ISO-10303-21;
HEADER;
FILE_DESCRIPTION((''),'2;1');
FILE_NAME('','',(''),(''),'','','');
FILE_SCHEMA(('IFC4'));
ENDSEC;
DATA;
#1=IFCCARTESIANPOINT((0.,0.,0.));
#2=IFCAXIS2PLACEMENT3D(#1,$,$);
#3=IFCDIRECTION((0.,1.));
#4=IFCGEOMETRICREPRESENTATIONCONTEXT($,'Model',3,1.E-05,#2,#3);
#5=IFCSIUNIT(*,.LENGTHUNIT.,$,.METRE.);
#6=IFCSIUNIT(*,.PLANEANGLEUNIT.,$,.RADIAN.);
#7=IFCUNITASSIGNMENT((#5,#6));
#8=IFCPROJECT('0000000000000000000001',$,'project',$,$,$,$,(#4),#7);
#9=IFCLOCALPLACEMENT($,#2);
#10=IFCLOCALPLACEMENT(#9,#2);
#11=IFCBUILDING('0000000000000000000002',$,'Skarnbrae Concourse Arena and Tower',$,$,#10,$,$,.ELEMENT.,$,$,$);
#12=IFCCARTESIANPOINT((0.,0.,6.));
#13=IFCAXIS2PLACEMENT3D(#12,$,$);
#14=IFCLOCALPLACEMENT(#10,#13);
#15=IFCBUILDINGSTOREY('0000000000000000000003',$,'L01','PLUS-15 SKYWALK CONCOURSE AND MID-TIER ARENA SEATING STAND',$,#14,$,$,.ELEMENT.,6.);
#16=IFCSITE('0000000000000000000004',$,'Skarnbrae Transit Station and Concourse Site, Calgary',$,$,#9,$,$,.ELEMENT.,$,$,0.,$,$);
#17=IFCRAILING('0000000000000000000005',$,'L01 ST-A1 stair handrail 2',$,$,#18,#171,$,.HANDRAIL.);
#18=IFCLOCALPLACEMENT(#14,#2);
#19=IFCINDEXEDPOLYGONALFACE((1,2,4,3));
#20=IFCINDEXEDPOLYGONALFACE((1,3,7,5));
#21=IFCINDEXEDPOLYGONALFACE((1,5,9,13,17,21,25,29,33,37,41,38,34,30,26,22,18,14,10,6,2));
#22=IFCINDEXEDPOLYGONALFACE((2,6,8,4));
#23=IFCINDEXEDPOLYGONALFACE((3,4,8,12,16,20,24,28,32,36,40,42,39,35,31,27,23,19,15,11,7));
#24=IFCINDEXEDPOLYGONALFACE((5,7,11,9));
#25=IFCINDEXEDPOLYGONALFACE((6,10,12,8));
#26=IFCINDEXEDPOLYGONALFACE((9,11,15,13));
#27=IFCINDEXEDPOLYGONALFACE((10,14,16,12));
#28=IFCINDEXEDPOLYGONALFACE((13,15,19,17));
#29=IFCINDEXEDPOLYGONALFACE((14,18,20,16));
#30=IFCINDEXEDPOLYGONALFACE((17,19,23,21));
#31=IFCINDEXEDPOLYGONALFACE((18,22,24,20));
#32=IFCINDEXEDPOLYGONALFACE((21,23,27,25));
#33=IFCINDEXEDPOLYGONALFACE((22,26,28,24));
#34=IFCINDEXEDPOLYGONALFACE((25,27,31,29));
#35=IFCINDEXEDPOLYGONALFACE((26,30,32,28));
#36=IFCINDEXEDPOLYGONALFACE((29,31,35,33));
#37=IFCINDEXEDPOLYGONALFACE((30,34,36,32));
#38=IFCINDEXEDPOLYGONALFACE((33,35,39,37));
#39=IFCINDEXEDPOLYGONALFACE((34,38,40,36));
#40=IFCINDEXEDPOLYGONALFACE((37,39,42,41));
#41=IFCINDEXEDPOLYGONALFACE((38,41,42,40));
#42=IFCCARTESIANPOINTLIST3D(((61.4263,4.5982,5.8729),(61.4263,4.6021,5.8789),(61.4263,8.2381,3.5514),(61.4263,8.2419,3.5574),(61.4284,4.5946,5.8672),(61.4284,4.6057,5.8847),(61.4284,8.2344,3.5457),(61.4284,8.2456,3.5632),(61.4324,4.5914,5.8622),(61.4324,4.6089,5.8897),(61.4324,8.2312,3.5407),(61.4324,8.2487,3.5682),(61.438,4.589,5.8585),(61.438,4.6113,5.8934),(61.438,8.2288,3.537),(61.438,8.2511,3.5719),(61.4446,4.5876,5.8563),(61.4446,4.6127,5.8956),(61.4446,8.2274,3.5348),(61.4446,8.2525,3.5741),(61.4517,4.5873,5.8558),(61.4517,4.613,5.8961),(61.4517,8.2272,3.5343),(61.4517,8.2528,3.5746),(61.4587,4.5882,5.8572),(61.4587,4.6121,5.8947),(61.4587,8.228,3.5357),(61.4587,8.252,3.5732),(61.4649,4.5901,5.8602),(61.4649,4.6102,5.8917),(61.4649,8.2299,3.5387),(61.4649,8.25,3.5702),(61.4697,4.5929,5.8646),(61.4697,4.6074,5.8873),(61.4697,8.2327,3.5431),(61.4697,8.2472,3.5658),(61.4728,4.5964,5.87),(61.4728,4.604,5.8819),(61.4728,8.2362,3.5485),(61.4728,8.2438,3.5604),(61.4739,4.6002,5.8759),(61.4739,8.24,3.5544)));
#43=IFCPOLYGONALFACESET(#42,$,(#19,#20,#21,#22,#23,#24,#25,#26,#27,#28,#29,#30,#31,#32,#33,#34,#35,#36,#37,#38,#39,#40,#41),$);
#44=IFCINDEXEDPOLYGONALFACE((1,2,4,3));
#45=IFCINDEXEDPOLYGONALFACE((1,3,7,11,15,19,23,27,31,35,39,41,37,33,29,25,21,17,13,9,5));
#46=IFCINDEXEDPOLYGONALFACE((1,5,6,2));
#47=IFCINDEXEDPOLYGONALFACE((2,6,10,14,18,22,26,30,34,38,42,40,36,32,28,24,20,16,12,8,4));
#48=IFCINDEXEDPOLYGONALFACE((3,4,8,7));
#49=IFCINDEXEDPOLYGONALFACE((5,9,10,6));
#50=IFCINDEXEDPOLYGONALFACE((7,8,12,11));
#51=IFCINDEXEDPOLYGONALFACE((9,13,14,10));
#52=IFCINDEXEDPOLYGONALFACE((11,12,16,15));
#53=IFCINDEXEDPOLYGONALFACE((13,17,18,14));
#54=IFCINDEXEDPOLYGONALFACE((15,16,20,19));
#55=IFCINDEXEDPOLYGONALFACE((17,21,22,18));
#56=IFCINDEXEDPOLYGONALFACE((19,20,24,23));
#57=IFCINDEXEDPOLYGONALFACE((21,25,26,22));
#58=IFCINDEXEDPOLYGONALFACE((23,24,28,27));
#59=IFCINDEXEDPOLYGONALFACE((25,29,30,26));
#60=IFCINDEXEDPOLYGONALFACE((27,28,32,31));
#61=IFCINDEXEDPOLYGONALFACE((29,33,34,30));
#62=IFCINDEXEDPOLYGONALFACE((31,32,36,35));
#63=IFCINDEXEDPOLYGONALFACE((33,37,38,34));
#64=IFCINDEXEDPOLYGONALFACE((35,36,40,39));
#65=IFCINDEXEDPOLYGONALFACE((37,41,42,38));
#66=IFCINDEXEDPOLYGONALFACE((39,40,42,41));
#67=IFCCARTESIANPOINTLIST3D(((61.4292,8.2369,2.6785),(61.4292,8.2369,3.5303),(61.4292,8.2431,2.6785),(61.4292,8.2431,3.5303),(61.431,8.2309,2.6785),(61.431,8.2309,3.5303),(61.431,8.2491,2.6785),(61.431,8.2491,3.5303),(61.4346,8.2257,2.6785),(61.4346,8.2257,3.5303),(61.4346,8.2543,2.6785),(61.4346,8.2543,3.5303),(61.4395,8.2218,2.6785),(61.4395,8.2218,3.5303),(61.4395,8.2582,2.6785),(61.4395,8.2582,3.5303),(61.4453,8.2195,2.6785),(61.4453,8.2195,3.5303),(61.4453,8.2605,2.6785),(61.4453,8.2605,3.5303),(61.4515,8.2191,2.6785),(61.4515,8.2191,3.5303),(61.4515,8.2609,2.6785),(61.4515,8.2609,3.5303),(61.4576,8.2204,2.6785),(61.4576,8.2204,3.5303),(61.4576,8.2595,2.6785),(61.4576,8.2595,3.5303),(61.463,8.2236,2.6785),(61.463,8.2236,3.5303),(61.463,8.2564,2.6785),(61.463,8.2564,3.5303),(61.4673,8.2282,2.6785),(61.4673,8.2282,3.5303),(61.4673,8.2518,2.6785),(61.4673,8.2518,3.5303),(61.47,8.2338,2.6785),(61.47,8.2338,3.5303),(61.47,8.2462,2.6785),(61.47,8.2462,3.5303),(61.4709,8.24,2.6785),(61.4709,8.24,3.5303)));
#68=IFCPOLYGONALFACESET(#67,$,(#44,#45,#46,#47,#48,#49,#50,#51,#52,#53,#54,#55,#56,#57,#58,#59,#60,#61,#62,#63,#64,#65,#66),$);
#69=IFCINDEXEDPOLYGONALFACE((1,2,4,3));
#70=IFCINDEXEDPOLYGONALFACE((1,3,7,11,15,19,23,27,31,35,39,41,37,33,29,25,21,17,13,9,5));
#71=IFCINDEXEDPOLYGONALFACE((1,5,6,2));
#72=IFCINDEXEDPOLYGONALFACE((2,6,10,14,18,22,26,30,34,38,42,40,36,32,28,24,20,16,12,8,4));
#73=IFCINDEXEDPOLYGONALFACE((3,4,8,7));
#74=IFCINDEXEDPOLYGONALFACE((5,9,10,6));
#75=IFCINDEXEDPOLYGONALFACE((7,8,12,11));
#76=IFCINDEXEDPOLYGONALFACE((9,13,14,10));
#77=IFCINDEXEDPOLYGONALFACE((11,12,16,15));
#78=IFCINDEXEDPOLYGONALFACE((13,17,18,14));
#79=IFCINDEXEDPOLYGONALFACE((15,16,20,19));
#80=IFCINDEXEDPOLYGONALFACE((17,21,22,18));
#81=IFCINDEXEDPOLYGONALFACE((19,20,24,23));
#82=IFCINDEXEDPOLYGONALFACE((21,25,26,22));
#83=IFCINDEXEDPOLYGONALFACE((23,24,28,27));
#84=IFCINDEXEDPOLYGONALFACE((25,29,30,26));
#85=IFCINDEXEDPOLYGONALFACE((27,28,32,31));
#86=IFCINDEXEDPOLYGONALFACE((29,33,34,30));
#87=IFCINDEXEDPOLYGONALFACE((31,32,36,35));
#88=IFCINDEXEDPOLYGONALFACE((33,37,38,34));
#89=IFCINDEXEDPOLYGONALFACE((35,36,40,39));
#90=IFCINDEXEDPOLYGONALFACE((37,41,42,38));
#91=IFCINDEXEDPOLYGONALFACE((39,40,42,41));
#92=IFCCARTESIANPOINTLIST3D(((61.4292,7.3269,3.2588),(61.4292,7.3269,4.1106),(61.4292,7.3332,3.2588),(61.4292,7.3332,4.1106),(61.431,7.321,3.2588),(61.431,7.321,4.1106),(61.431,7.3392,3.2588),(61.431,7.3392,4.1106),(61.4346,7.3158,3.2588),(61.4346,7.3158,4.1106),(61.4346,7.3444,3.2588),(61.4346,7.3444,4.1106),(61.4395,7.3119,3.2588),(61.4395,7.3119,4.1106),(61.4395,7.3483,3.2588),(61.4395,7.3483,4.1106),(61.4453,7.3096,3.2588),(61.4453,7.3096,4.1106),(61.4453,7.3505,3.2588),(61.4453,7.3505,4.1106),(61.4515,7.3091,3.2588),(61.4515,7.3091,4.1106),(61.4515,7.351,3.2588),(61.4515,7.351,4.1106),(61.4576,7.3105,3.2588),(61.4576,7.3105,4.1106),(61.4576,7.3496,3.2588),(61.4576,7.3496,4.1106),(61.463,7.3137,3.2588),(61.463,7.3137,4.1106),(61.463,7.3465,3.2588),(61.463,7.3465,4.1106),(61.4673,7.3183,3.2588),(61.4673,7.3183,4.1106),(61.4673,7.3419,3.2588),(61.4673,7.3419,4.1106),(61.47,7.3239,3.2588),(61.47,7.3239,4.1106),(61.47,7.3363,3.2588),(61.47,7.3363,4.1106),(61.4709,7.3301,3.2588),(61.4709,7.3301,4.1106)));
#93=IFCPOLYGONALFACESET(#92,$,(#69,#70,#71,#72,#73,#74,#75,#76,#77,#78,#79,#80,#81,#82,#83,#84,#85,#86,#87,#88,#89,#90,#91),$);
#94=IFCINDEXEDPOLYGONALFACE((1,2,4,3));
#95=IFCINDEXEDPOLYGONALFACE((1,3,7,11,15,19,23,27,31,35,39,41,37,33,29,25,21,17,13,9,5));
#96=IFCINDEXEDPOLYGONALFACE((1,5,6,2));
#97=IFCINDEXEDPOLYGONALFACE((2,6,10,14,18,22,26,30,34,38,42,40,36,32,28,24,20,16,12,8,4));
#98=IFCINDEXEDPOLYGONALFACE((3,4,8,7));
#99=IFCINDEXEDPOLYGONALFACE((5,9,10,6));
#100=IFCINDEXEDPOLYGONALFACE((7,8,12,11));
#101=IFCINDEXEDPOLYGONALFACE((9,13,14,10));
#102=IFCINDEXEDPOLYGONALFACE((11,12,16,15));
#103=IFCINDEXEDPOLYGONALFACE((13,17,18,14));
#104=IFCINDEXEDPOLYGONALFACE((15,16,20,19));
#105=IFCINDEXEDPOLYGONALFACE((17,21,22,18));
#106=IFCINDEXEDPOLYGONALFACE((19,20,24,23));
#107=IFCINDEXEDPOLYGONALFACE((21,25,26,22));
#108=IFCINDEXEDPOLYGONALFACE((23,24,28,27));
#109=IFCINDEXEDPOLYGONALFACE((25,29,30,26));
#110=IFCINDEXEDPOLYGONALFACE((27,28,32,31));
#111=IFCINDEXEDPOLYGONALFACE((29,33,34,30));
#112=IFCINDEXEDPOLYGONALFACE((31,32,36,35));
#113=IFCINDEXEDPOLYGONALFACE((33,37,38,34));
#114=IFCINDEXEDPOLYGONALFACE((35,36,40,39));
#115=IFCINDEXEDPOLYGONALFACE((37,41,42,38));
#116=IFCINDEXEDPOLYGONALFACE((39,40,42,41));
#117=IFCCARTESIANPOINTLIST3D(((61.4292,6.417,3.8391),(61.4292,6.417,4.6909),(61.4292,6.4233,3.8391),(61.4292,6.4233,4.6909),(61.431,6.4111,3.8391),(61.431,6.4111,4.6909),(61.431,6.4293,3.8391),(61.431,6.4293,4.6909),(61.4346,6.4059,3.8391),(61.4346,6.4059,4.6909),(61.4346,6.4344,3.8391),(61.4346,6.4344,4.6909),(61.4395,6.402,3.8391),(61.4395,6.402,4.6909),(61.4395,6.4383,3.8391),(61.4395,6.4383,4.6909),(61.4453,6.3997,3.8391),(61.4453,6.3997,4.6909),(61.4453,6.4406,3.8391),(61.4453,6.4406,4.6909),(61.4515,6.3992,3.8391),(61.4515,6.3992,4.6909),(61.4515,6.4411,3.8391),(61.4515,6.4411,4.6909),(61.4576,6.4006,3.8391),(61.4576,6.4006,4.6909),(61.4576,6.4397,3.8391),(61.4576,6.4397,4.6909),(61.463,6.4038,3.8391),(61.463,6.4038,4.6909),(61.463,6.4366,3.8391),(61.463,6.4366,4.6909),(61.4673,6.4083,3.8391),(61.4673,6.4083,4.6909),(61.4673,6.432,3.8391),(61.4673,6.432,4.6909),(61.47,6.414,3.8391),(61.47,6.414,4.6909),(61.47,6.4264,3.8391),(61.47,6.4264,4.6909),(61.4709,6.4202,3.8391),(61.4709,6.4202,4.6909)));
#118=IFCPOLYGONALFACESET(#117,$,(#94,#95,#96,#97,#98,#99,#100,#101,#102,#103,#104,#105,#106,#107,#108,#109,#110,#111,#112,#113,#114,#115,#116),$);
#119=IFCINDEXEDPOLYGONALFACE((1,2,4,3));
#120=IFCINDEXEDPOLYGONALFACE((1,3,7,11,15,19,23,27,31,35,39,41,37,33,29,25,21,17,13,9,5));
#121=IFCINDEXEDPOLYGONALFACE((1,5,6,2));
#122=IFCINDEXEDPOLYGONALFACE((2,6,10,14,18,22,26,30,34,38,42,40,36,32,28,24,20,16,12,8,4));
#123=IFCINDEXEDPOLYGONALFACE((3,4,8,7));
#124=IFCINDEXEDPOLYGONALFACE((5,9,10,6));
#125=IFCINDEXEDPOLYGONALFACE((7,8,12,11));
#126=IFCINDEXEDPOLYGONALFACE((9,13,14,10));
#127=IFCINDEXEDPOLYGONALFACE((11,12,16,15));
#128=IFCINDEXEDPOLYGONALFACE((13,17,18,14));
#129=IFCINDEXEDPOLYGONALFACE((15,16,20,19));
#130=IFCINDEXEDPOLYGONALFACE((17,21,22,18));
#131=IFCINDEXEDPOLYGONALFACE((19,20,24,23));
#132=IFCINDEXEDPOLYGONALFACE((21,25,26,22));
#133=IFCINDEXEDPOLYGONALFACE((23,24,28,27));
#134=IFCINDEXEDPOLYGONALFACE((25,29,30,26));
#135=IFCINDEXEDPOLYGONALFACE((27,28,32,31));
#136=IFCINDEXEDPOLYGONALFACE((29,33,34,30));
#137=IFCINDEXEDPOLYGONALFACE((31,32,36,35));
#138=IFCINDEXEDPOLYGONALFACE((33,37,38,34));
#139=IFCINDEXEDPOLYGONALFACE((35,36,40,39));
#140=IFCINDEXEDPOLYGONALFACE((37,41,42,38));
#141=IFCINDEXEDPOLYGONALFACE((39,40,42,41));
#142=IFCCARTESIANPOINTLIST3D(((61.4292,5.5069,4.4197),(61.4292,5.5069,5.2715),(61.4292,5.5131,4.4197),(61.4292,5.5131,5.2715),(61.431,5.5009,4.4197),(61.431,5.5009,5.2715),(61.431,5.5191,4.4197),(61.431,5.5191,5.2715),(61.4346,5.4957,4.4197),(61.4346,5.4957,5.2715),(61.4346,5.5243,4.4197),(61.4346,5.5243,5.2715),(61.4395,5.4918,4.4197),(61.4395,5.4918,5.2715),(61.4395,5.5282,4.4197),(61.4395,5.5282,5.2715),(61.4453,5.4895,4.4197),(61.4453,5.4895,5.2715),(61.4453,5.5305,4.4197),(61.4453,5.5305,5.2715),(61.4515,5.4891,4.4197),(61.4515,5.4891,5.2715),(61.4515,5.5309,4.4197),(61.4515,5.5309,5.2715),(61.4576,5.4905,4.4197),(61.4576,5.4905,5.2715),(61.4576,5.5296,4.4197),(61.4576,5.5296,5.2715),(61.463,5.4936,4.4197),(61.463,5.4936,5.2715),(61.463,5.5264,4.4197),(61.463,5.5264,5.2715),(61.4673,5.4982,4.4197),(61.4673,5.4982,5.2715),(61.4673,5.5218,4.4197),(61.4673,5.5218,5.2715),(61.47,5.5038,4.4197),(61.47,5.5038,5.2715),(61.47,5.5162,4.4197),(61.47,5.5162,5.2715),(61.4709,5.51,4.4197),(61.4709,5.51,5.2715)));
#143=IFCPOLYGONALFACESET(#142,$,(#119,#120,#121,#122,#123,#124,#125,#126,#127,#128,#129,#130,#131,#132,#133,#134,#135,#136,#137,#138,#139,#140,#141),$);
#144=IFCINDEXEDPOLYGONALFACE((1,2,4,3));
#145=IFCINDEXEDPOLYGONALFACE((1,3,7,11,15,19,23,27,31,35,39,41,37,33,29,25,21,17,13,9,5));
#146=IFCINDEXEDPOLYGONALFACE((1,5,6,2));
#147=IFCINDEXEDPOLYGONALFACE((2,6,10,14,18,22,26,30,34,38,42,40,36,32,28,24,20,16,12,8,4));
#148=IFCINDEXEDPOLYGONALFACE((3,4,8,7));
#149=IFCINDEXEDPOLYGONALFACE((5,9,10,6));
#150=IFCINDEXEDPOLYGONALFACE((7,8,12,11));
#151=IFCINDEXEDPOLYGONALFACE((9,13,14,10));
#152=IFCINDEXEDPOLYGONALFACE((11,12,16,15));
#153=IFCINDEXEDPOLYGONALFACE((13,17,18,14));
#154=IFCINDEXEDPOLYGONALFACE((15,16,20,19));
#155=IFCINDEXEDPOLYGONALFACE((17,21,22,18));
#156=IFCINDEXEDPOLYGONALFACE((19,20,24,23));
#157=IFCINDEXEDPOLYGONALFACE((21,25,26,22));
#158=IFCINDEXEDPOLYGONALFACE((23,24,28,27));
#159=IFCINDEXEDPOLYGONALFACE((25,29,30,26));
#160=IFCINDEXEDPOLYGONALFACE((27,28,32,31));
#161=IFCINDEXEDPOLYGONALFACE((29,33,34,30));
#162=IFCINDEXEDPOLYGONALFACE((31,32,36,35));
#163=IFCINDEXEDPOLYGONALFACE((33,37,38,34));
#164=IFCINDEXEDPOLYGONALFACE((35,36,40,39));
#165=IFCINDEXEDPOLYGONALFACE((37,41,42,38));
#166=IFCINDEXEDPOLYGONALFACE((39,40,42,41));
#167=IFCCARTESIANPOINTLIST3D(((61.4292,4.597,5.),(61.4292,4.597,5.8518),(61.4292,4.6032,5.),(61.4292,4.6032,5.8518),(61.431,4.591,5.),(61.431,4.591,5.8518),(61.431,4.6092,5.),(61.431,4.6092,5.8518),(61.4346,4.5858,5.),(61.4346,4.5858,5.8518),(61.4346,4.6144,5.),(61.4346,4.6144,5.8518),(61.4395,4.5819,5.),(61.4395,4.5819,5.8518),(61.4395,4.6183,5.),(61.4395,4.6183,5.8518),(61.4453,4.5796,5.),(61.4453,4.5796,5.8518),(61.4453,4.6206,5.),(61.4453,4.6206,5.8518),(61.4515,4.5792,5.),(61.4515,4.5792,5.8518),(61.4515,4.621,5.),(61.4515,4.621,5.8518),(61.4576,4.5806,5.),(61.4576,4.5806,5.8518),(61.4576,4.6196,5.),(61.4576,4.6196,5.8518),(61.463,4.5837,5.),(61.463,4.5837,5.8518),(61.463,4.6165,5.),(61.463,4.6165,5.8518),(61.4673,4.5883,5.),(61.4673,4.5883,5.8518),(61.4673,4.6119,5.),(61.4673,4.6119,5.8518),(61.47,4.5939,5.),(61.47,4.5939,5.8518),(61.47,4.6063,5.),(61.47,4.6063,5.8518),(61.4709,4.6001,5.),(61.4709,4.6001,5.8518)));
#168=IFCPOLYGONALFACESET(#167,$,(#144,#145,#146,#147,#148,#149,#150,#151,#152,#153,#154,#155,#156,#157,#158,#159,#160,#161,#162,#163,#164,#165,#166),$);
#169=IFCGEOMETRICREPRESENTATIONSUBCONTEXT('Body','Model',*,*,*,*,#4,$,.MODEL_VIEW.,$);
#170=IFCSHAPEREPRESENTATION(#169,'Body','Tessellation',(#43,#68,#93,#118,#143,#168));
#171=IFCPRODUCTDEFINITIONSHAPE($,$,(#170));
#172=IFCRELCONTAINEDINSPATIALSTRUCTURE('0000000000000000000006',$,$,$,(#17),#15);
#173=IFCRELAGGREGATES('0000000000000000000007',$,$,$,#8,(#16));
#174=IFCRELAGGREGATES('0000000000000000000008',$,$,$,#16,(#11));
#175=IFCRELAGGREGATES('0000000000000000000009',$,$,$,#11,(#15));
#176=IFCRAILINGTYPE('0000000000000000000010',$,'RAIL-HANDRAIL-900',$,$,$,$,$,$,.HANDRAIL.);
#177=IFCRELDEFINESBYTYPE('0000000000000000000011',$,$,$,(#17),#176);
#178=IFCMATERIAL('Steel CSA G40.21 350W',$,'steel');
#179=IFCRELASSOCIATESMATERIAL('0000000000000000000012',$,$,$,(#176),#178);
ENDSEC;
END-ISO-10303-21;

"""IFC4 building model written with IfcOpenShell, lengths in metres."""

from ifc_helpers import new_model, si_unit, direction, frame, origin, origin_2d, place, context, subcontext, project, spatial, circle, extrude, material, type_object, element, save


model = new_model("IFC4")

# Units and contexts
model_context = context("Model", 3, precision=1e-05, world=origin(), true_north=direction((0.0, 1.0)))
body_context = subcontext(model_context, "Body", "Model", "MODEL_VIEW")
ifc_project = project(units=[si_unit("LENGTHUNIT", "METRE"), si_unit("PLANEANGLEUNIT", "RADIAN")], contexts=[model_context])

# Site, building, storey
site_placement = place(None, origin())
site = spatial("IfcSite", under=ifc_project, at=site_placement, Name="Skarnbrae Transit Station and Concourse Site, Calgary", CompositionType="ELEMENT", RefElevation=0.0)
building_placement = place(site_placement, origin())
building = spatial("IfcBuilding", under=site, at=building_placement, Name="Skarnbrae Concourse Arena and Tower", CompositionType="ELEMENT")
storey_placement = place(building_placement, frame((0.0, 0.0, 6.0)))
storey = spatial("IfcBuildingStorey", under=building, at=storey_placement, Name="L01", Description="PLUS-15 SKYWALK CONCOURSE AND MID-TIER ARENA SEATING STAND", CompositionType="ELEMENT", Elevation=6.0)

# Shared definitions
ifc_material_1 = material(Name="Steel CSA G40.21 350W", Category="steel")

# Railing
railing_type_1 = type_object("IfcRailingType", Name="RAIL-HANDRAIL-900", PredefinedType="HANDRAIL", material=ifc_material_1)
for number, where, name in (
    (1, (61.45, 8.24, 2.6785), "L01 ST-A1 stair handrail 2"),
):
    element("IfcRailing", number, at=place(storey_placement, frame(where)), inside=storey, type_object=railing_type_1, Name=name, PredefinedType="HANDRAIL", context=body_context, shape_type="SweptSolid", body=[
        extrude(circle(Radius=0.0239, at=origin_2d()), frame((0.0, 0.0, 0.876), z_axis=(0.0, -0.843112, 0.537739), x_axis=(1.0, 0.0, 0.0)), (0.0, 0.0, 1.0), 4.3171),
        extrude(circle(Radius=0.021, at=origin_2d()), origin(), (0.0, 0.0, 1.0), 0.8518),
        extrude(circle(Radius=0.021, at=origin_2d()), frame((0.0, -0.9099, 0.5803)), (0.0, 0.0, 1.0), 0.8518),
        extrude(circle(Radius=0.021, at=origin_2d()), frame((0.0, -1.8198, 1.1606)), (0.0, 0.0, 1.0), 0.8518),
        extrude(circle(Radius=0.021, at=origin_2d()), frame((0.0, -2.73, 1.7412)), (0.0, 0.0, 1.0), 0.8518),
        extrude(circle(Radius=0.021, at=origin_2d()), frame((0.0, -3.6399, 2.3215)), (0.0, 0.0, 1.0), 0.8518),
    ])

save(model, "model.ifc")
